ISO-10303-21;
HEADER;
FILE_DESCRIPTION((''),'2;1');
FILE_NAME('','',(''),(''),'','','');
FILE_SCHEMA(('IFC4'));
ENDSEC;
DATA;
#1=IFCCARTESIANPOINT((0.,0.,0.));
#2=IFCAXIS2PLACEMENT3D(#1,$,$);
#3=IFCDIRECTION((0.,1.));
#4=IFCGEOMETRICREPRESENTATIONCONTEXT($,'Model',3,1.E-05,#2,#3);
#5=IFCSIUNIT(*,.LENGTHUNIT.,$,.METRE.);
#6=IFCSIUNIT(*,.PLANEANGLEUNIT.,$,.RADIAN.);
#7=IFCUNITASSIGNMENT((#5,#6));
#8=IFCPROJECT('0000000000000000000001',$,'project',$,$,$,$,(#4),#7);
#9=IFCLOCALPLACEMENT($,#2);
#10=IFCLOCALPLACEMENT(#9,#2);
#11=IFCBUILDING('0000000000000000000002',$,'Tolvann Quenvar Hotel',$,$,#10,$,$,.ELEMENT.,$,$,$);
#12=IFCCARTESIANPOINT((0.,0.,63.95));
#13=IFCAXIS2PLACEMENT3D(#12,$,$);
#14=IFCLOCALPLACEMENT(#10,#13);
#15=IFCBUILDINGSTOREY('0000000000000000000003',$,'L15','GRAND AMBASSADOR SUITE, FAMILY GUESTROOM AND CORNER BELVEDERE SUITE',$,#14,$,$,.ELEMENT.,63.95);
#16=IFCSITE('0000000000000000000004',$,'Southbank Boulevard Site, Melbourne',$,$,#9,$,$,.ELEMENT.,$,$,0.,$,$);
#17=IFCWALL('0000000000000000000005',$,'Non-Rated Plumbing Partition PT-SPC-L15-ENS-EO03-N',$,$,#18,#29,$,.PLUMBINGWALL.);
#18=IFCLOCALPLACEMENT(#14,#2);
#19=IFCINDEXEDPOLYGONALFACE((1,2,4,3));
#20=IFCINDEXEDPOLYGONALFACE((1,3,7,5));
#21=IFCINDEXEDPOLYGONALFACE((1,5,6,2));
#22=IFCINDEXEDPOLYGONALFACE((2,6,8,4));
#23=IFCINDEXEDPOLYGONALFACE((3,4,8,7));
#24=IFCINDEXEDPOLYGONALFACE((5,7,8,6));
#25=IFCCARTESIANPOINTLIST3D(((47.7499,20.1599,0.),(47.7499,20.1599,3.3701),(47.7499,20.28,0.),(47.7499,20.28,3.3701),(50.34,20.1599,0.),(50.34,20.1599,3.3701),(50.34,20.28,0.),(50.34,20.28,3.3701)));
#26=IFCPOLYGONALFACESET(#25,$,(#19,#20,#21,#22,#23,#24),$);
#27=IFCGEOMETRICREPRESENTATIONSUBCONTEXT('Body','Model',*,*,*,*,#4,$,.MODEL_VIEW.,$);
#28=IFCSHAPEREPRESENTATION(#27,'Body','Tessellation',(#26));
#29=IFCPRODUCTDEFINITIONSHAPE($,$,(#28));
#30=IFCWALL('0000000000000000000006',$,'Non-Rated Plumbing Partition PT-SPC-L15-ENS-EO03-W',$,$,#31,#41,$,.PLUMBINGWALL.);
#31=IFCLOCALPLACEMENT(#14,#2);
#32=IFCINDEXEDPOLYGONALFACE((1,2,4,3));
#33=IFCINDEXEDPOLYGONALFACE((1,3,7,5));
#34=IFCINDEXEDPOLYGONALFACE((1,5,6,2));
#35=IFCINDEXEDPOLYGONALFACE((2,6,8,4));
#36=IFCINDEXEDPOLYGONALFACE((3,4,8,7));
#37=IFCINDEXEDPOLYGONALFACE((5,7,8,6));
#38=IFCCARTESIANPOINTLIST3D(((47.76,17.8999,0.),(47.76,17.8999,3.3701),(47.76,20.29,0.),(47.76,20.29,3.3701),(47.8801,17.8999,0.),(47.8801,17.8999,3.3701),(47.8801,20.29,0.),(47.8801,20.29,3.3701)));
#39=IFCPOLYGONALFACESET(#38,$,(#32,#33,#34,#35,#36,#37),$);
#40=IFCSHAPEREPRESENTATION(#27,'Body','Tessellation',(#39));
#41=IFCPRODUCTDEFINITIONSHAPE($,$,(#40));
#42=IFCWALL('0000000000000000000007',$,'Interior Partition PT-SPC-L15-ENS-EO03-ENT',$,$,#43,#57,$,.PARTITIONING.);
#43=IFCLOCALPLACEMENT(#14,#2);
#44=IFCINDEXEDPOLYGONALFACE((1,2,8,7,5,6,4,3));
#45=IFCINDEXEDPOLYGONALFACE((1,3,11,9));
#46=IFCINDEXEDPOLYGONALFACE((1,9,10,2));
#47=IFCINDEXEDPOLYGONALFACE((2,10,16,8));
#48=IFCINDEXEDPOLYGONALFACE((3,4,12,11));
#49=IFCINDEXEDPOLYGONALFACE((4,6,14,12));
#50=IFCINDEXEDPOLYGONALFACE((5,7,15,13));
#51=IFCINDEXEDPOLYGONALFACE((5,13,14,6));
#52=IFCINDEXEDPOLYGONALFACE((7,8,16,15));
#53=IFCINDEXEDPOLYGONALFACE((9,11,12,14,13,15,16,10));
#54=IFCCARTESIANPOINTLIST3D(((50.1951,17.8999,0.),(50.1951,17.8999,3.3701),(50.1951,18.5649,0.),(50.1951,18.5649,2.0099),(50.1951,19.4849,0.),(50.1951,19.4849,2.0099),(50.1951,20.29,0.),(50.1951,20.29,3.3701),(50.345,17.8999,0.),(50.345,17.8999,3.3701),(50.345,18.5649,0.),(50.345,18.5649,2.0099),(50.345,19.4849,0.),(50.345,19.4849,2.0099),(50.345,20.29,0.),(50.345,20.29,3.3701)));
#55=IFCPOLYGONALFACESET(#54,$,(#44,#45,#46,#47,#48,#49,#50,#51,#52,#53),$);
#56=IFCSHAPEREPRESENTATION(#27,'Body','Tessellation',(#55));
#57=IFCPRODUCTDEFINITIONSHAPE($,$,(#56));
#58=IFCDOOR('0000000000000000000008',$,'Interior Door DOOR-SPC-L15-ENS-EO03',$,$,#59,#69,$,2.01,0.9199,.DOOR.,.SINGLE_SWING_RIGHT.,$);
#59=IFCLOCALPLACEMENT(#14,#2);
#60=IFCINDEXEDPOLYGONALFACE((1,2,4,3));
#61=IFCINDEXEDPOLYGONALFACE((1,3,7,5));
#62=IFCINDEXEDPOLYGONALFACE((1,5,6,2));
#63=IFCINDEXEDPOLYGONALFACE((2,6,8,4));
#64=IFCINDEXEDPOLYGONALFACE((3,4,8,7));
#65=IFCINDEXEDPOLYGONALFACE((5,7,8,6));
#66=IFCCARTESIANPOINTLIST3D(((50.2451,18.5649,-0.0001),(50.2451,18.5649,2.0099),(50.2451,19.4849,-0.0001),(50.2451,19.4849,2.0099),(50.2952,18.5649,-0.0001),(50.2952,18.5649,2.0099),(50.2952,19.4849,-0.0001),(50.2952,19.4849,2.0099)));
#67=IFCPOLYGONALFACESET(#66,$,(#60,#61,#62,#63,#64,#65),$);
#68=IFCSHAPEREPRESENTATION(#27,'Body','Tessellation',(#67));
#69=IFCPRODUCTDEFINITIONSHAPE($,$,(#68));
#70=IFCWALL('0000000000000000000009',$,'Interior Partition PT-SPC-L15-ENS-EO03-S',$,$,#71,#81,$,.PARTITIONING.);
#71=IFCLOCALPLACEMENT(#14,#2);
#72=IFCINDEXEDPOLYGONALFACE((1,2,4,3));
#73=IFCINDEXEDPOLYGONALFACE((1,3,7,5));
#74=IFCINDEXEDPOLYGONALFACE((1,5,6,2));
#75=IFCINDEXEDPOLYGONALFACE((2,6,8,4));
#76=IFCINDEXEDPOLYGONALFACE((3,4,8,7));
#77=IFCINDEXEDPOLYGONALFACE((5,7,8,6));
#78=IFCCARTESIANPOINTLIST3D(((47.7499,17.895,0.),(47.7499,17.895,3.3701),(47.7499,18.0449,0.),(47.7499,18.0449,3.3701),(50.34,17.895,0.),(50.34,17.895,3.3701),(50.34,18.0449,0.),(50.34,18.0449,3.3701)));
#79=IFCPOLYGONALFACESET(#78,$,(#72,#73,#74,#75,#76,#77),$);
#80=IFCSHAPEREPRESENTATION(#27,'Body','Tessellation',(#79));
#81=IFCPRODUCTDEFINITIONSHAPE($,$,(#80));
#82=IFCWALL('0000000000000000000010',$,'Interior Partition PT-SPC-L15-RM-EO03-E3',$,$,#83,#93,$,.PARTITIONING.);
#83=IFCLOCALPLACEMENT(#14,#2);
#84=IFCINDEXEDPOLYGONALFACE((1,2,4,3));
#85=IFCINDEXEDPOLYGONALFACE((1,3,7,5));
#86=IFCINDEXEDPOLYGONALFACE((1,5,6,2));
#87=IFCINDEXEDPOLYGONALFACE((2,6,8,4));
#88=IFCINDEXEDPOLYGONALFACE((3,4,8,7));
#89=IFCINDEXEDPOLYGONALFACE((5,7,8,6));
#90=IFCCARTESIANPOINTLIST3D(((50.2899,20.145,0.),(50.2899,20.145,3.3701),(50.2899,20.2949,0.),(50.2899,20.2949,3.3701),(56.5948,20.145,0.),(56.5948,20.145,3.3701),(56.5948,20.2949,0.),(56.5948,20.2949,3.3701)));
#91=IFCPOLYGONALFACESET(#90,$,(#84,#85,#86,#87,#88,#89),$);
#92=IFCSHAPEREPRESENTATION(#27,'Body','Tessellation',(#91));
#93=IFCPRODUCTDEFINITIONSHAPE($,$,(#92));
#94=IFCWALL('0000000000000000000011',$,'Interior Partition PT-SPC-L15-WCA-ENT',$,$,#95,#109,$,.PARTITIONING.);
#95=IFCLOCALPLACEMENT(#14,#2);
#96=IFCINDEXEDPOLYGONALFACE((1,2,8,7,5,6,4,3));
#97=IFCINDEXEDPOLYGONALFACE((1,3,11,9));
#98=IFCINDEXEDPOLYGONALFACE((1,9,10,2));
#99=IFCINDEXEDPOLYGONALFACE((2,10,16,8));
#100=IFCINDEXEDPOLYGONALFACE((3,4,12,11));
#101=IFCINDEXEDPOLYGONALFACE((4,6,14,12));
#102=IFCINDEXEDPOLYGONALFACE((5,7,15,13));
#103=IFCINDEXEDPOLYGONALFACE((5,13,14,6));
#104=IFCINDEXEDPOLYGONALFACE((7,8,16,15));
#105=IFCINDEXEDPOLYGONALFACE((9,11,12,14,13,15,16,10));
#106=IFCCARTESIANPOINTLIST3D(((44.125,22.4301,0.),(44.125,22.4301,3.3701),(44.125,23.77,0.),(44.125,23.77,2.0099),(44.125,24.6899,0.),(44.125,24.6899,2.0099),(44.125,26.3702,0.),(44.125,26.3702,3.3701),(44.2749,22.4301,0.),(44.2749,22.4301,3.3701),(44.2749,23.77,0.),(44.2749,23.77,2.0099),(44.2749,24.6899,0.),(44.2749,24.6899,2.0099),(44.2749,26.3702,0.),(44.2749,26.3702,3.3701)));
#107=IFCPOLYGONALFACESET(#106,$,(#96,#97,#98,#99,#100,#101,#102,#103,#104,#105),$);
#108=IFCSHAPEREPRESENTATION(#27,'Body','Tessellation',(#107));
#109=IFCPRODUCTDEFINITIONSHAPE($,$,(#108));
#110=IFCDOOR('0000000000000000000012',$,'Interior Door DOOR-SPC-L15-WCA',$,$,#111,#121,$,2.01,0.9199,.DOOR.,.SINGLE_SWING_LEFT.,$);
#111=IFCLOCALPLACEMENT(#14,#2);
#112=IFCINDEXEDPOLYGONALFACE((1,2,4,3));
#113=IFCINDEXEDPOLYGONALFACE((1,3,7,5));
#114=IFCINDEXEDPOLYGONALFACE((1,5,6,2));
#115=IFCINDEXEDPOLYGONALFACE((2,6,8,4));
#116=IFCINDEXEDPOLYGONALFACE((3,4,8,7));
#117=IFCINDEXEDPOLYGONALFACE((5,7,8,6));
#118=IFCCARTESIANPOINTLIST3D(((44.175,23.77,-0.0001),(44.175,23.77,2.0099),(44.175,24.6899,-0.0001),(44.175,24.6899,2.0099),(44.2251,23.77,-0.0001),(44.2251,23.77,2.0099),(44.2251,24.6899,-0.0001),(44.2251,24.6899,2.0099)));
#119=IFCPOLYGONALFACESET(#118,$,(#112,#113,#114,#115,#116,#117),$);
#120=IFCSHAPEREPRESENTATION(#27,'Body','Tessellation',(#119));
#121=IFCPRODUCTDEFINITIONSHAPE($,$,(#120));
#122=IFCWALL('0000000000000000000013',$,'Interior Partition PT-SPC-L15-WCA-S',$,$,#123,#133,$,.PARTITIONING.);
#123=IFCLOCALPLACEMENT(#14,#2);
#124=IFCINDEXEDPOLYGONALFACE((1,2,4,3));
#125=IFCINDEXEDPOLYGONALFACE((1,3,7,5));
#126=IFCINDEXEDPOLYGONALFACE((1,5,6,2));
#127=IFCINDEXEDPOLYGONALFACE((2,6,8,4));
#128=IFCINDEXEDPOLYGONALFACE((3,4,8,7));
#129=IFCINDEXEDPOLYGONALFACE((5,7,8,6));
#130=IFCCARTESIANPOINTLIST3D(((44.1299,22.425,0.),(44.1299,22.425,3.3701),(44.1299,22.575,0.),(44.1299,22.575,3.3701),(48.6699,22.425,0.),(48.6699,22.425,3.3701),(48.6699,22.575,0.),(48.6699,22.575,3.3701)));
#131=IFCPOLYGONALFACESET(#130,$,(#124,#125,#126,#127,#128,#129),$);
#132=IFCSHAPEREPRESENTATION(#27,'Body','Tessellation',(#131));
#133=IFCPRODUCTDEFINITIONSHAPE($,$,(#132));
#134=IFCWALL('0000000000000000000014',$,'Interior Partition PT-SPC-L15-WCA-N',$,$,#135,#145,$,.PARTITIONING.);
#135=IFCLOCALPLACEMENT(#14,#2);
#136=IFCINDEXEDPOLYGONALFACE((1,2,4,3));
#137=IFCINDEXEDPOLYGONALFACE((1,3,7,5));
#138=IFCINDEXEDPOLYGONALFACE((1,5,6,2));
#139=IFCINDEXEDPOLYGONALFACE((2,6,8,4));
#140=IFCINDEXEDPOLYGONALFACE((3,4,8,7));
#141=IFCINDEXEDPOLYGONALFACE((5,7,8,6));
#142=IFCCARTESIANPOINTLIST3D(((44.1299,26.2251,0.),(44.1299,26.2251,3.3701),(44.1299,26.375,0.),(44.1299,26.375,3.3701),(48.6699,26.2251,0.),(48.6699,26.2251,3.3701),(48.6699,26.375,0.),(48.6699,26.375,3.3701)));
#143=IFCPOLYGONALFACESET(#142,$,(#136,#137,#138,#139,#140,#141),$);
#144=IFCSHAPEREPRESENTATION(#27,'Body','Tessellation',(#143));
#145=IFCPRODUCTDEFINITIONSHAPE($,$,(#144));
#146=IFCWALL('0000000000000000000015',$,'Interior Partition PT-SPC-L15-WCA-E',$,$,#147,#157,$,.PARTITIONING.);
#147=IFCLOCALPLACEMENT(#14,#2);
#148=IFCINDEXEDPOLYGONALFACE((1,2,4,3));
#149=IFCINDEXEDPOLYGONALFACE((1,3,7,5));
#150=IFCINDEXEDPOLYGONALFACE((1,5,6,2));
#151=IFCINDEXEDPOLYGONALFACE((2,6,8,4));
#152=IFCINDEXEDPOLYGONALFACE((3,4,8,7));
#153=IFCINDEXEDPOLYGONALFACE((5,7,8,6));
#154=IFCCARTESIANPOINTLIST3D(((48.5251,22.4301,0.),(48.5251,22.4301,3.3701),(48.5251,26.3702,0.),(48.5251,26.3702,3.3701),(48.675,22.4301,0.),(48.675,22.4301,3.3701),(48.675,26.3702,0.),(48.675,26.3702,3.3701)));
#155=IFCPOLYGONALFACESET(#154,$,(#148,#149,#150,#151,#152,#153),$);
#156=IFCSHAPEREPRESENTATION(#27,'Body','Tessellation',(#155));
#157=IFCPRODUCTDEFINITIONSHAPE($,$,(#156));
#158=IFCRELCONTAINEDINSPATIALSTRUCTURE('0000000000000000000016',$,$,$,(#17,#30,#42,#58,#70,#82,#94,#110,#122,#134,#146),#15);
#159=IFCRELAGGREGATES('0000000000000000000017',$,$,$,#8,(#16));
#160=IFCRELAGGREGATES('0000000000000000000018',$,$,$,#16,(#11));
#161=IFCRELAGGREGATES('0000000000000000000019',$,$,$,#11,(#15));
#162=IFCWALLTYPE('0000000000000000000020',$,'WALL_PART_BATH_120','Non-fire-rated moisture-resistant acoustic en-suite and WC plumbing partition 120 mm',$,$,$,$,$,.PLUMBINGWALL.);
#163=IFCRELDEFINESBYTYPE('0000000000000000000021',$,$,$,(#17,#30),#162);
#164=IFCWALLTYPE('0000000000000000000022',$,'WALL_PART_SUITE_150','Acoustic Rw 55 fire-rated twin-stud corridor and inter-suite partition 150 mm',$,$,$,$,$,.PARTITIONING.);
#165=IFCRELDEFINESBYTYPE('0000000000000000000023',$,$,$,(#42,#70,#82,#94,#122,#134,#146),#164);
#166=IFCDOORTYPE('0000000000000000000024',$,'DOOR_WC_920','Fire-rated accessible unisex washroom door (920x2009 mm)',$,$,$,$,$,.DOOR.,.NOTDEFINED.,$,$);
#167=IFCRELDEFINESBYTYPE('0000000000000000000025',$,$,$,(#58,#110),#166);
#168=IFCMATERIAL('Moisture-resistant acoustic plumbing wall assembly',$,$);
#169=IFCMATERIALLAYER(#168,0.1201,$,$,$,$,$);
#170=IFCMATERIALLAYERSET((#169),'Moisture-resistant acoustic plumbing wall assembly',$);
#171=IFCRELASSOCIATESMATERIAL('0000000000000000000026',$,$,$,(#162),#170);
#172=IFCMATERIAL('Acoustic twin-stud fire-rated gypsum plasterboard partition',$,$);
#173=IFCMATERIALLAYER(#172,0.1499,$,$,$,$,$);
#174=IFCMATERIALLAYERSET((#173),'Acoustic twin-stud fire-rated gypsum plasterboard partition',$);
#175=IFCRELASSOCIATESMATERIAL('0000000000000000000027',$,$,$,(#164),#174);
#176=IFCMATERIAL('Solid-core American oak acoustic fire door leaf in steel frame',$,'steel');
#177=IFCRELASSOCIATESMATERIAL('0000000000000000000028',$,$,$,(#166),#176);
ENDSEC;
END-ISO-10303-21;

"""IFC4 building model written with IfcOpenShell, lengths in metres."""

from ifc_helpers import new_model, si_unit, direction, frame, frame_2d, origin, place, context, subcontext, project, spatial, rectangle, extrude, source, transform, mapped, material, layer, layer_set, type_object, type_shapes, element, fill, save


model = new_model("IFC4")

# Units and contexts
model_context = context("Model", 3, precision=1e-05, world=origin(), true_north=direction((0.0, 1.0)))
body_context = subcontext(model_context, "Body", "Model", "MODEL_VIEW")
ifc_project = project(units=[si_unit("LENGTHUNIT", "METRE"), si_unit("PLANEANGLEUNIT", "RADIAN")], contexts=[model_context])

# Site, building, storey
site_placement = place(None, origin())
site = spatial("IfcSite", under=ifc_project, at=site_placement, Name="Southbank Boulevard Site, Melbourne", CompositionType="ELEMENT", RefElevation=0.0)
building_placement = place(site_placement, origin())
building = spatial("IfcBuilding", under=site, at=building_placement, Name="Tolvann Quenvar Hotel", CompositionType="ELEMENT")
storey_placement = place(building_placement, frame((0.0, 0.0, 63.95)))
storey = spatial("IfcBuildingStorey", under=building, at=storey_placement, Name="L15", Description="GRAND AMBASSADOR SUITE, FAMILY GUESTROOM AND CORNER BELVEDERE SUITE", CompositionType="ELEMENT", Elevation=63.95)

# Walls
ifc_material_1 = material(Name="Moisture-resistant acoustic plumbing wall assembly")
ifc_layer_1 = layer(ifc_material_1, 0.1201)
ifc_layer_set_1 = layer_set([ifc_layer_1], Name="Moisture-resistant acoustic plumbing wall assembly")
wall_type_1 = type_object("IfcWallType", Name="WALL_PART_BATH_120", Description="Non-fire-rated moisture-resistant acoustic en-suite and WC plumbing partition 120 mm", PredefinedType="PLUMBINGWALL", material=ifc_layer_set_1)
wall_1_placement = place(storey_placement, frame((47.75, 20.22, 0.0), z_axis=(0.0, 0.0, 1.0), x_axis=(1.0, 0.0, 0.0)))
element("IfcWall", 1, at=wall_1_placement, inside=storey, type_object=wall_type_1, Name="Non-Rated Plumbing Partition PT-SPC-L15-ENS-EO03-N", PredefinedType="PLUMBINGWALL", context=body_context, shape_type="SweptSolid", body=[
    extrude(rectangle(XDim=2.5901, YDim=0.1201, at=frame_2d((1.2949, 0.0))), origin(), (0.0, 0.0, 1.0), 3.3701),
])
wall_2_placement = place(storey_placement, frame((47.8201, 17.8999, 0.0), z_axis=(0.0, 0.0, 1.0), x_axis=(0.0, 1.0, 0.0)))
element("IfcWall", 2, at=wall_2_placement, inside=storey, type_object=wall_type_1, Name="Non-Rated Plumbing Partition PT-SPC-L15-ENS-EO03-W", PredefinedType="PLUMBINGWALL", context=body_context, shape_type="SweptSolid", body=[
    extrude(rectangle(XDim=2.3901, YDim=0.1201, at=frame_2d((1.1951, 0.0))), origin(), (0.0, 0.0, 1.0), 3.3701),
])

# Wall, opening, door
ifc_material_2 = material(Name="Acoustic twin-stud fire-rated gypsum plasterboard partition")
ifc_layer_2 = layer(ifc_material_2, 0.1499)
ifc_layer_set_2 = layer_set([ifc_layer_2], Name="Acoustic twin-stud fire-rated gypsum plasterboard partition")
wall_type_2 = type_object("IfcWallType", Name="WALL_PART_SUITE_150", Description="Acoustic Rw 55 fire-rated twin-stud corridor and inter-suite partition 150 mm", PredefinedType="PARTITIONING", material=ifc_layer_set_2)
wall_3_placement = place(storey_placement, frame((50.27, 17.8999, 0.0), z_axis=(0.0, 0.0, 1.0), x_axis=(0.0, 1.0, 0.0)))
wall_3 = element("IfcWall", 3, at=wall_3_placement, inside=storey, type_object=wall_type_2, Name="Interior Partition PT-SPC-L15-ENS-EO03-ENT", PredefinedType="PARTITIONING", context=body_context, shape_type="SweptSolid", body=[
    extrude(rectangle(XDim=2.3901, YDim=0.1499, at=frame_2d((1.1951, 0.0))), origin(), (0.0, 0.0, 1.0), 3.3701),
])
opening_1_placement = place(wall_3_placement, frame((0.665, 0.0, 0.0)))
opening_1 = element("IfcOpeningElement", 4, at=opening_1_placement, cuts=wall_3, PredefinedType="OPENING", context=body_context, shape_type="SweptSolid", body=[
    extrude(rectangle(XDim=0.9199, YDim=2.01, at=frame_2d((0.46, 1.0049))), frame((0.0, 0.085, 0.0), z_axis=(0.0, -1.0, 0.0), x_axis=(1.0, 0.0, 0.0)), (0.0, 0.0, 1.0), 0.1699),
])
ifc_material_3 = material(Name="Solid-core American oak acoustic fire door leaf in steel frame", Category="steel")
door_type = type_object("IfcDoorType", Name="DOOR_WC_920", Description="Fire-rated accessible unisex washroom door (920x2009 mm)", OperationType="NOTDEFINED", PredefinedType="DOOR", material=ifc_material_3)
shared_shape_1 = source(origin(), body_context, "Body", "SweptSolid", [
    extrude(rectangle(XDim=0.9199, YDim=2.01, at=frame_2d((0.46, 1.0049))), frame((0.0, 0.0249, 0.0), z_axis=(0.0, -1.0, 0.0), x_axis=(1.0, 0.0, 0.0)), (0.0, 0.0, 1.0), 0.05),
])
type_shapes(door_type, [shared_shape_1])
door_1_placement = place(opening_1_placement, origin())
door_1 = element("IfcDoor", 5, at=door_1_placement, inside=storey, type_object=door_type, Name="Interior Door DOOR-SPC-L15-ENS-EO03", OperationType="SINGLE_SWING_RIGHT", OverallHeight=2.01, OverallWidth=0.9199, PredefinedType="DOOR", context=body_context, shape_type="MappedRepresentation", body=[
    mapped(shared_shape_1, transform((0.0, 0.0, 0.0), x_axis=(1.0, 0.0, 0.0), y_axis=(0.0, 1.0, 0.0), z_axis=(0.0, 0.0, 1.0), scale=1.0)),
])
fill(opening_1, door_1)

# Walls
wall_4_placement = place(storey_placement, frame((47.75, 17.97, 0.0), z_axis=(0.0, 0.0, 1.0), x_axis=(1.0, 0.0, 0.0)))
element("IfcWall", 6, at=wall_4_placement, inside=storey, type_object=wall_type_2, Name="Interior Partition PT-SPC-L15-ENS-EO03-S", PredefinedType="PARTITIONING", context=body_context, shape_type="SweptSolid", body=[
    extrude(rectangle(XDim=2.5901, YDim=0.1499, at=frame_2d((1.2949, 0.0))), origin(), (0.0, 0.0, 1.0), 3.3701),
])
wall_5_placement = place(storey_placement, frame((50.29, 20.22, 0.0), z_axis=(0.0, 0.0, 1.0), x_axis=(1.0, 0.0, 0.0)))
element("IfcWall", 7, at=wall_5_placement, inside=storey, type_object=wall_type_2, Name="Interior Partition PT-SPC-L15-RM-EO03-E3", PredefinedType="PARTITIONING", context=body_context, shape_type="SweptSolid", body=[
    extrude(rectangle(XDim=6.3049, YDim=0.1499, at=frame_2d((3.1523, 0.0))), origin(), (0.0, 0.0, 1.0), 3.3701),
])

# Wall, opening, door
wall_6_placement = place(storey_placement, frame((44.2, 22.4299, 0.0), z_axis=(0.0, 0.0, 1.0), x_axis=(0.0, 1.0, 0.0)))
wall_6 = element("IfcWall", 8, at=wall_6_placement, inside=storey, type_object=wall_type_2, Name="Interior Partition PT-SPC-L15-WCA-ENT", PredefinedType="PARTITIONING", context=body_context, shape_type="SweptSolid", body=[
    extrude(rectangle(XDim=3.9402, YDim=0.1499, at=frame_2d((1.9702, 0.0))), origin(), (0.0, 0.0, 1.0), 3.3701),
])
opening_2_placement = place(wall_6_placement, frame((1.3401, 0.0, 0.0)))
opening_2 = element("IfcOpeningElement", 9, at=opening_2_placement, cuts=wall_6, PredefinedType="OPENING", context=body_context, shape_type="SweptSolid", body=[
    extrude(rectangle(XDim=0.9199, YDim=2.01, at=frame_2d((0.46, 1.0049))), frame((0.0, 0.085, 0.0), z_axis=(0.0, -1.0, 0.0), x_axis=(1.0, 0.0, 0.0)), (0.0, 0.0, 1.0), 0.1699),
])
door_2_placement = place(opening_2_placement, origin())
door_2 = element("IfcDoor", 10, at=door_2_placement, inside=storey, type_object=door_type, Name="Interior Door DOOR-SPC-L15-WCA", OperationType="SINGLE_SWING_LEFT", OverallHeight=2.01, OverallWidth=0.9199, PredefinedType="DOOR", context=body_context, shape_type="MappedRepresentation", body=[
    mapped(shared_shape_1, transform((0.0, 0.0, 0.0), x_axis=(1.0, 0.0, 0.0), y_axis=(0.0, 1.0, 0.0), z_axis=(0.0, 0.0, 1.0), scale=1.0)),
])
fill(opening_2, door_2)

# Walls
for number, where, z_axis, x_axis, name in (
    (11, (44.1299, 22.5, 0.0), (0.0, 0.0, 1.0), (1.0, 0.0, 0.0), "Interior Partition PT-SPC-L15-WCA-S"),
    (12, (44.1299, 26.3, 0.0), (0.0, 0.0, 1.0), (1.0, 0.0, 0.0), "Interior Partition PT-SPC-L15-WCA-N"),
):
    element("IfcWall", number, at=place(storey_placement, frame(where, z_axis=z_axis, x_axis=x_axis)), inside=storey, type_object=wall_type_2, Name=name, PredefinedType="PARTITIONING", context=body_context, shape_type="SweptSolid", body=[
        extrude(rectangle(XDim=4.54, YDim=0.1499, at=frame_2d((2.27, 0.0))), origin(), (0.0, 0.0, 1.0), 3.3701),
    ])
wall_7_placement = place(storey_placement, frame((48.6001, 22.4299, 0.0), z_axis=(0.0, 0.0, 1.0), x_axis=(0.0, 1.0, 0.0)))
element("IfcWall", 13, at=wall_7_placement, inside=storey, type_object=wall_type_2, Name="Interior Partition PT-SPC-L15-WCA-E", PredefinedType="PARTITIONING", context=body_context, shape_type="SweptSolid", body=[
    extrude(rectangle(XDim=3.9402, YDim=0.1499, at=frame_2d((1.9702, 0.0))), origin(), (0.0, 0.0, 1.0), 3.3701),
])

save(model, "model.ifc")
